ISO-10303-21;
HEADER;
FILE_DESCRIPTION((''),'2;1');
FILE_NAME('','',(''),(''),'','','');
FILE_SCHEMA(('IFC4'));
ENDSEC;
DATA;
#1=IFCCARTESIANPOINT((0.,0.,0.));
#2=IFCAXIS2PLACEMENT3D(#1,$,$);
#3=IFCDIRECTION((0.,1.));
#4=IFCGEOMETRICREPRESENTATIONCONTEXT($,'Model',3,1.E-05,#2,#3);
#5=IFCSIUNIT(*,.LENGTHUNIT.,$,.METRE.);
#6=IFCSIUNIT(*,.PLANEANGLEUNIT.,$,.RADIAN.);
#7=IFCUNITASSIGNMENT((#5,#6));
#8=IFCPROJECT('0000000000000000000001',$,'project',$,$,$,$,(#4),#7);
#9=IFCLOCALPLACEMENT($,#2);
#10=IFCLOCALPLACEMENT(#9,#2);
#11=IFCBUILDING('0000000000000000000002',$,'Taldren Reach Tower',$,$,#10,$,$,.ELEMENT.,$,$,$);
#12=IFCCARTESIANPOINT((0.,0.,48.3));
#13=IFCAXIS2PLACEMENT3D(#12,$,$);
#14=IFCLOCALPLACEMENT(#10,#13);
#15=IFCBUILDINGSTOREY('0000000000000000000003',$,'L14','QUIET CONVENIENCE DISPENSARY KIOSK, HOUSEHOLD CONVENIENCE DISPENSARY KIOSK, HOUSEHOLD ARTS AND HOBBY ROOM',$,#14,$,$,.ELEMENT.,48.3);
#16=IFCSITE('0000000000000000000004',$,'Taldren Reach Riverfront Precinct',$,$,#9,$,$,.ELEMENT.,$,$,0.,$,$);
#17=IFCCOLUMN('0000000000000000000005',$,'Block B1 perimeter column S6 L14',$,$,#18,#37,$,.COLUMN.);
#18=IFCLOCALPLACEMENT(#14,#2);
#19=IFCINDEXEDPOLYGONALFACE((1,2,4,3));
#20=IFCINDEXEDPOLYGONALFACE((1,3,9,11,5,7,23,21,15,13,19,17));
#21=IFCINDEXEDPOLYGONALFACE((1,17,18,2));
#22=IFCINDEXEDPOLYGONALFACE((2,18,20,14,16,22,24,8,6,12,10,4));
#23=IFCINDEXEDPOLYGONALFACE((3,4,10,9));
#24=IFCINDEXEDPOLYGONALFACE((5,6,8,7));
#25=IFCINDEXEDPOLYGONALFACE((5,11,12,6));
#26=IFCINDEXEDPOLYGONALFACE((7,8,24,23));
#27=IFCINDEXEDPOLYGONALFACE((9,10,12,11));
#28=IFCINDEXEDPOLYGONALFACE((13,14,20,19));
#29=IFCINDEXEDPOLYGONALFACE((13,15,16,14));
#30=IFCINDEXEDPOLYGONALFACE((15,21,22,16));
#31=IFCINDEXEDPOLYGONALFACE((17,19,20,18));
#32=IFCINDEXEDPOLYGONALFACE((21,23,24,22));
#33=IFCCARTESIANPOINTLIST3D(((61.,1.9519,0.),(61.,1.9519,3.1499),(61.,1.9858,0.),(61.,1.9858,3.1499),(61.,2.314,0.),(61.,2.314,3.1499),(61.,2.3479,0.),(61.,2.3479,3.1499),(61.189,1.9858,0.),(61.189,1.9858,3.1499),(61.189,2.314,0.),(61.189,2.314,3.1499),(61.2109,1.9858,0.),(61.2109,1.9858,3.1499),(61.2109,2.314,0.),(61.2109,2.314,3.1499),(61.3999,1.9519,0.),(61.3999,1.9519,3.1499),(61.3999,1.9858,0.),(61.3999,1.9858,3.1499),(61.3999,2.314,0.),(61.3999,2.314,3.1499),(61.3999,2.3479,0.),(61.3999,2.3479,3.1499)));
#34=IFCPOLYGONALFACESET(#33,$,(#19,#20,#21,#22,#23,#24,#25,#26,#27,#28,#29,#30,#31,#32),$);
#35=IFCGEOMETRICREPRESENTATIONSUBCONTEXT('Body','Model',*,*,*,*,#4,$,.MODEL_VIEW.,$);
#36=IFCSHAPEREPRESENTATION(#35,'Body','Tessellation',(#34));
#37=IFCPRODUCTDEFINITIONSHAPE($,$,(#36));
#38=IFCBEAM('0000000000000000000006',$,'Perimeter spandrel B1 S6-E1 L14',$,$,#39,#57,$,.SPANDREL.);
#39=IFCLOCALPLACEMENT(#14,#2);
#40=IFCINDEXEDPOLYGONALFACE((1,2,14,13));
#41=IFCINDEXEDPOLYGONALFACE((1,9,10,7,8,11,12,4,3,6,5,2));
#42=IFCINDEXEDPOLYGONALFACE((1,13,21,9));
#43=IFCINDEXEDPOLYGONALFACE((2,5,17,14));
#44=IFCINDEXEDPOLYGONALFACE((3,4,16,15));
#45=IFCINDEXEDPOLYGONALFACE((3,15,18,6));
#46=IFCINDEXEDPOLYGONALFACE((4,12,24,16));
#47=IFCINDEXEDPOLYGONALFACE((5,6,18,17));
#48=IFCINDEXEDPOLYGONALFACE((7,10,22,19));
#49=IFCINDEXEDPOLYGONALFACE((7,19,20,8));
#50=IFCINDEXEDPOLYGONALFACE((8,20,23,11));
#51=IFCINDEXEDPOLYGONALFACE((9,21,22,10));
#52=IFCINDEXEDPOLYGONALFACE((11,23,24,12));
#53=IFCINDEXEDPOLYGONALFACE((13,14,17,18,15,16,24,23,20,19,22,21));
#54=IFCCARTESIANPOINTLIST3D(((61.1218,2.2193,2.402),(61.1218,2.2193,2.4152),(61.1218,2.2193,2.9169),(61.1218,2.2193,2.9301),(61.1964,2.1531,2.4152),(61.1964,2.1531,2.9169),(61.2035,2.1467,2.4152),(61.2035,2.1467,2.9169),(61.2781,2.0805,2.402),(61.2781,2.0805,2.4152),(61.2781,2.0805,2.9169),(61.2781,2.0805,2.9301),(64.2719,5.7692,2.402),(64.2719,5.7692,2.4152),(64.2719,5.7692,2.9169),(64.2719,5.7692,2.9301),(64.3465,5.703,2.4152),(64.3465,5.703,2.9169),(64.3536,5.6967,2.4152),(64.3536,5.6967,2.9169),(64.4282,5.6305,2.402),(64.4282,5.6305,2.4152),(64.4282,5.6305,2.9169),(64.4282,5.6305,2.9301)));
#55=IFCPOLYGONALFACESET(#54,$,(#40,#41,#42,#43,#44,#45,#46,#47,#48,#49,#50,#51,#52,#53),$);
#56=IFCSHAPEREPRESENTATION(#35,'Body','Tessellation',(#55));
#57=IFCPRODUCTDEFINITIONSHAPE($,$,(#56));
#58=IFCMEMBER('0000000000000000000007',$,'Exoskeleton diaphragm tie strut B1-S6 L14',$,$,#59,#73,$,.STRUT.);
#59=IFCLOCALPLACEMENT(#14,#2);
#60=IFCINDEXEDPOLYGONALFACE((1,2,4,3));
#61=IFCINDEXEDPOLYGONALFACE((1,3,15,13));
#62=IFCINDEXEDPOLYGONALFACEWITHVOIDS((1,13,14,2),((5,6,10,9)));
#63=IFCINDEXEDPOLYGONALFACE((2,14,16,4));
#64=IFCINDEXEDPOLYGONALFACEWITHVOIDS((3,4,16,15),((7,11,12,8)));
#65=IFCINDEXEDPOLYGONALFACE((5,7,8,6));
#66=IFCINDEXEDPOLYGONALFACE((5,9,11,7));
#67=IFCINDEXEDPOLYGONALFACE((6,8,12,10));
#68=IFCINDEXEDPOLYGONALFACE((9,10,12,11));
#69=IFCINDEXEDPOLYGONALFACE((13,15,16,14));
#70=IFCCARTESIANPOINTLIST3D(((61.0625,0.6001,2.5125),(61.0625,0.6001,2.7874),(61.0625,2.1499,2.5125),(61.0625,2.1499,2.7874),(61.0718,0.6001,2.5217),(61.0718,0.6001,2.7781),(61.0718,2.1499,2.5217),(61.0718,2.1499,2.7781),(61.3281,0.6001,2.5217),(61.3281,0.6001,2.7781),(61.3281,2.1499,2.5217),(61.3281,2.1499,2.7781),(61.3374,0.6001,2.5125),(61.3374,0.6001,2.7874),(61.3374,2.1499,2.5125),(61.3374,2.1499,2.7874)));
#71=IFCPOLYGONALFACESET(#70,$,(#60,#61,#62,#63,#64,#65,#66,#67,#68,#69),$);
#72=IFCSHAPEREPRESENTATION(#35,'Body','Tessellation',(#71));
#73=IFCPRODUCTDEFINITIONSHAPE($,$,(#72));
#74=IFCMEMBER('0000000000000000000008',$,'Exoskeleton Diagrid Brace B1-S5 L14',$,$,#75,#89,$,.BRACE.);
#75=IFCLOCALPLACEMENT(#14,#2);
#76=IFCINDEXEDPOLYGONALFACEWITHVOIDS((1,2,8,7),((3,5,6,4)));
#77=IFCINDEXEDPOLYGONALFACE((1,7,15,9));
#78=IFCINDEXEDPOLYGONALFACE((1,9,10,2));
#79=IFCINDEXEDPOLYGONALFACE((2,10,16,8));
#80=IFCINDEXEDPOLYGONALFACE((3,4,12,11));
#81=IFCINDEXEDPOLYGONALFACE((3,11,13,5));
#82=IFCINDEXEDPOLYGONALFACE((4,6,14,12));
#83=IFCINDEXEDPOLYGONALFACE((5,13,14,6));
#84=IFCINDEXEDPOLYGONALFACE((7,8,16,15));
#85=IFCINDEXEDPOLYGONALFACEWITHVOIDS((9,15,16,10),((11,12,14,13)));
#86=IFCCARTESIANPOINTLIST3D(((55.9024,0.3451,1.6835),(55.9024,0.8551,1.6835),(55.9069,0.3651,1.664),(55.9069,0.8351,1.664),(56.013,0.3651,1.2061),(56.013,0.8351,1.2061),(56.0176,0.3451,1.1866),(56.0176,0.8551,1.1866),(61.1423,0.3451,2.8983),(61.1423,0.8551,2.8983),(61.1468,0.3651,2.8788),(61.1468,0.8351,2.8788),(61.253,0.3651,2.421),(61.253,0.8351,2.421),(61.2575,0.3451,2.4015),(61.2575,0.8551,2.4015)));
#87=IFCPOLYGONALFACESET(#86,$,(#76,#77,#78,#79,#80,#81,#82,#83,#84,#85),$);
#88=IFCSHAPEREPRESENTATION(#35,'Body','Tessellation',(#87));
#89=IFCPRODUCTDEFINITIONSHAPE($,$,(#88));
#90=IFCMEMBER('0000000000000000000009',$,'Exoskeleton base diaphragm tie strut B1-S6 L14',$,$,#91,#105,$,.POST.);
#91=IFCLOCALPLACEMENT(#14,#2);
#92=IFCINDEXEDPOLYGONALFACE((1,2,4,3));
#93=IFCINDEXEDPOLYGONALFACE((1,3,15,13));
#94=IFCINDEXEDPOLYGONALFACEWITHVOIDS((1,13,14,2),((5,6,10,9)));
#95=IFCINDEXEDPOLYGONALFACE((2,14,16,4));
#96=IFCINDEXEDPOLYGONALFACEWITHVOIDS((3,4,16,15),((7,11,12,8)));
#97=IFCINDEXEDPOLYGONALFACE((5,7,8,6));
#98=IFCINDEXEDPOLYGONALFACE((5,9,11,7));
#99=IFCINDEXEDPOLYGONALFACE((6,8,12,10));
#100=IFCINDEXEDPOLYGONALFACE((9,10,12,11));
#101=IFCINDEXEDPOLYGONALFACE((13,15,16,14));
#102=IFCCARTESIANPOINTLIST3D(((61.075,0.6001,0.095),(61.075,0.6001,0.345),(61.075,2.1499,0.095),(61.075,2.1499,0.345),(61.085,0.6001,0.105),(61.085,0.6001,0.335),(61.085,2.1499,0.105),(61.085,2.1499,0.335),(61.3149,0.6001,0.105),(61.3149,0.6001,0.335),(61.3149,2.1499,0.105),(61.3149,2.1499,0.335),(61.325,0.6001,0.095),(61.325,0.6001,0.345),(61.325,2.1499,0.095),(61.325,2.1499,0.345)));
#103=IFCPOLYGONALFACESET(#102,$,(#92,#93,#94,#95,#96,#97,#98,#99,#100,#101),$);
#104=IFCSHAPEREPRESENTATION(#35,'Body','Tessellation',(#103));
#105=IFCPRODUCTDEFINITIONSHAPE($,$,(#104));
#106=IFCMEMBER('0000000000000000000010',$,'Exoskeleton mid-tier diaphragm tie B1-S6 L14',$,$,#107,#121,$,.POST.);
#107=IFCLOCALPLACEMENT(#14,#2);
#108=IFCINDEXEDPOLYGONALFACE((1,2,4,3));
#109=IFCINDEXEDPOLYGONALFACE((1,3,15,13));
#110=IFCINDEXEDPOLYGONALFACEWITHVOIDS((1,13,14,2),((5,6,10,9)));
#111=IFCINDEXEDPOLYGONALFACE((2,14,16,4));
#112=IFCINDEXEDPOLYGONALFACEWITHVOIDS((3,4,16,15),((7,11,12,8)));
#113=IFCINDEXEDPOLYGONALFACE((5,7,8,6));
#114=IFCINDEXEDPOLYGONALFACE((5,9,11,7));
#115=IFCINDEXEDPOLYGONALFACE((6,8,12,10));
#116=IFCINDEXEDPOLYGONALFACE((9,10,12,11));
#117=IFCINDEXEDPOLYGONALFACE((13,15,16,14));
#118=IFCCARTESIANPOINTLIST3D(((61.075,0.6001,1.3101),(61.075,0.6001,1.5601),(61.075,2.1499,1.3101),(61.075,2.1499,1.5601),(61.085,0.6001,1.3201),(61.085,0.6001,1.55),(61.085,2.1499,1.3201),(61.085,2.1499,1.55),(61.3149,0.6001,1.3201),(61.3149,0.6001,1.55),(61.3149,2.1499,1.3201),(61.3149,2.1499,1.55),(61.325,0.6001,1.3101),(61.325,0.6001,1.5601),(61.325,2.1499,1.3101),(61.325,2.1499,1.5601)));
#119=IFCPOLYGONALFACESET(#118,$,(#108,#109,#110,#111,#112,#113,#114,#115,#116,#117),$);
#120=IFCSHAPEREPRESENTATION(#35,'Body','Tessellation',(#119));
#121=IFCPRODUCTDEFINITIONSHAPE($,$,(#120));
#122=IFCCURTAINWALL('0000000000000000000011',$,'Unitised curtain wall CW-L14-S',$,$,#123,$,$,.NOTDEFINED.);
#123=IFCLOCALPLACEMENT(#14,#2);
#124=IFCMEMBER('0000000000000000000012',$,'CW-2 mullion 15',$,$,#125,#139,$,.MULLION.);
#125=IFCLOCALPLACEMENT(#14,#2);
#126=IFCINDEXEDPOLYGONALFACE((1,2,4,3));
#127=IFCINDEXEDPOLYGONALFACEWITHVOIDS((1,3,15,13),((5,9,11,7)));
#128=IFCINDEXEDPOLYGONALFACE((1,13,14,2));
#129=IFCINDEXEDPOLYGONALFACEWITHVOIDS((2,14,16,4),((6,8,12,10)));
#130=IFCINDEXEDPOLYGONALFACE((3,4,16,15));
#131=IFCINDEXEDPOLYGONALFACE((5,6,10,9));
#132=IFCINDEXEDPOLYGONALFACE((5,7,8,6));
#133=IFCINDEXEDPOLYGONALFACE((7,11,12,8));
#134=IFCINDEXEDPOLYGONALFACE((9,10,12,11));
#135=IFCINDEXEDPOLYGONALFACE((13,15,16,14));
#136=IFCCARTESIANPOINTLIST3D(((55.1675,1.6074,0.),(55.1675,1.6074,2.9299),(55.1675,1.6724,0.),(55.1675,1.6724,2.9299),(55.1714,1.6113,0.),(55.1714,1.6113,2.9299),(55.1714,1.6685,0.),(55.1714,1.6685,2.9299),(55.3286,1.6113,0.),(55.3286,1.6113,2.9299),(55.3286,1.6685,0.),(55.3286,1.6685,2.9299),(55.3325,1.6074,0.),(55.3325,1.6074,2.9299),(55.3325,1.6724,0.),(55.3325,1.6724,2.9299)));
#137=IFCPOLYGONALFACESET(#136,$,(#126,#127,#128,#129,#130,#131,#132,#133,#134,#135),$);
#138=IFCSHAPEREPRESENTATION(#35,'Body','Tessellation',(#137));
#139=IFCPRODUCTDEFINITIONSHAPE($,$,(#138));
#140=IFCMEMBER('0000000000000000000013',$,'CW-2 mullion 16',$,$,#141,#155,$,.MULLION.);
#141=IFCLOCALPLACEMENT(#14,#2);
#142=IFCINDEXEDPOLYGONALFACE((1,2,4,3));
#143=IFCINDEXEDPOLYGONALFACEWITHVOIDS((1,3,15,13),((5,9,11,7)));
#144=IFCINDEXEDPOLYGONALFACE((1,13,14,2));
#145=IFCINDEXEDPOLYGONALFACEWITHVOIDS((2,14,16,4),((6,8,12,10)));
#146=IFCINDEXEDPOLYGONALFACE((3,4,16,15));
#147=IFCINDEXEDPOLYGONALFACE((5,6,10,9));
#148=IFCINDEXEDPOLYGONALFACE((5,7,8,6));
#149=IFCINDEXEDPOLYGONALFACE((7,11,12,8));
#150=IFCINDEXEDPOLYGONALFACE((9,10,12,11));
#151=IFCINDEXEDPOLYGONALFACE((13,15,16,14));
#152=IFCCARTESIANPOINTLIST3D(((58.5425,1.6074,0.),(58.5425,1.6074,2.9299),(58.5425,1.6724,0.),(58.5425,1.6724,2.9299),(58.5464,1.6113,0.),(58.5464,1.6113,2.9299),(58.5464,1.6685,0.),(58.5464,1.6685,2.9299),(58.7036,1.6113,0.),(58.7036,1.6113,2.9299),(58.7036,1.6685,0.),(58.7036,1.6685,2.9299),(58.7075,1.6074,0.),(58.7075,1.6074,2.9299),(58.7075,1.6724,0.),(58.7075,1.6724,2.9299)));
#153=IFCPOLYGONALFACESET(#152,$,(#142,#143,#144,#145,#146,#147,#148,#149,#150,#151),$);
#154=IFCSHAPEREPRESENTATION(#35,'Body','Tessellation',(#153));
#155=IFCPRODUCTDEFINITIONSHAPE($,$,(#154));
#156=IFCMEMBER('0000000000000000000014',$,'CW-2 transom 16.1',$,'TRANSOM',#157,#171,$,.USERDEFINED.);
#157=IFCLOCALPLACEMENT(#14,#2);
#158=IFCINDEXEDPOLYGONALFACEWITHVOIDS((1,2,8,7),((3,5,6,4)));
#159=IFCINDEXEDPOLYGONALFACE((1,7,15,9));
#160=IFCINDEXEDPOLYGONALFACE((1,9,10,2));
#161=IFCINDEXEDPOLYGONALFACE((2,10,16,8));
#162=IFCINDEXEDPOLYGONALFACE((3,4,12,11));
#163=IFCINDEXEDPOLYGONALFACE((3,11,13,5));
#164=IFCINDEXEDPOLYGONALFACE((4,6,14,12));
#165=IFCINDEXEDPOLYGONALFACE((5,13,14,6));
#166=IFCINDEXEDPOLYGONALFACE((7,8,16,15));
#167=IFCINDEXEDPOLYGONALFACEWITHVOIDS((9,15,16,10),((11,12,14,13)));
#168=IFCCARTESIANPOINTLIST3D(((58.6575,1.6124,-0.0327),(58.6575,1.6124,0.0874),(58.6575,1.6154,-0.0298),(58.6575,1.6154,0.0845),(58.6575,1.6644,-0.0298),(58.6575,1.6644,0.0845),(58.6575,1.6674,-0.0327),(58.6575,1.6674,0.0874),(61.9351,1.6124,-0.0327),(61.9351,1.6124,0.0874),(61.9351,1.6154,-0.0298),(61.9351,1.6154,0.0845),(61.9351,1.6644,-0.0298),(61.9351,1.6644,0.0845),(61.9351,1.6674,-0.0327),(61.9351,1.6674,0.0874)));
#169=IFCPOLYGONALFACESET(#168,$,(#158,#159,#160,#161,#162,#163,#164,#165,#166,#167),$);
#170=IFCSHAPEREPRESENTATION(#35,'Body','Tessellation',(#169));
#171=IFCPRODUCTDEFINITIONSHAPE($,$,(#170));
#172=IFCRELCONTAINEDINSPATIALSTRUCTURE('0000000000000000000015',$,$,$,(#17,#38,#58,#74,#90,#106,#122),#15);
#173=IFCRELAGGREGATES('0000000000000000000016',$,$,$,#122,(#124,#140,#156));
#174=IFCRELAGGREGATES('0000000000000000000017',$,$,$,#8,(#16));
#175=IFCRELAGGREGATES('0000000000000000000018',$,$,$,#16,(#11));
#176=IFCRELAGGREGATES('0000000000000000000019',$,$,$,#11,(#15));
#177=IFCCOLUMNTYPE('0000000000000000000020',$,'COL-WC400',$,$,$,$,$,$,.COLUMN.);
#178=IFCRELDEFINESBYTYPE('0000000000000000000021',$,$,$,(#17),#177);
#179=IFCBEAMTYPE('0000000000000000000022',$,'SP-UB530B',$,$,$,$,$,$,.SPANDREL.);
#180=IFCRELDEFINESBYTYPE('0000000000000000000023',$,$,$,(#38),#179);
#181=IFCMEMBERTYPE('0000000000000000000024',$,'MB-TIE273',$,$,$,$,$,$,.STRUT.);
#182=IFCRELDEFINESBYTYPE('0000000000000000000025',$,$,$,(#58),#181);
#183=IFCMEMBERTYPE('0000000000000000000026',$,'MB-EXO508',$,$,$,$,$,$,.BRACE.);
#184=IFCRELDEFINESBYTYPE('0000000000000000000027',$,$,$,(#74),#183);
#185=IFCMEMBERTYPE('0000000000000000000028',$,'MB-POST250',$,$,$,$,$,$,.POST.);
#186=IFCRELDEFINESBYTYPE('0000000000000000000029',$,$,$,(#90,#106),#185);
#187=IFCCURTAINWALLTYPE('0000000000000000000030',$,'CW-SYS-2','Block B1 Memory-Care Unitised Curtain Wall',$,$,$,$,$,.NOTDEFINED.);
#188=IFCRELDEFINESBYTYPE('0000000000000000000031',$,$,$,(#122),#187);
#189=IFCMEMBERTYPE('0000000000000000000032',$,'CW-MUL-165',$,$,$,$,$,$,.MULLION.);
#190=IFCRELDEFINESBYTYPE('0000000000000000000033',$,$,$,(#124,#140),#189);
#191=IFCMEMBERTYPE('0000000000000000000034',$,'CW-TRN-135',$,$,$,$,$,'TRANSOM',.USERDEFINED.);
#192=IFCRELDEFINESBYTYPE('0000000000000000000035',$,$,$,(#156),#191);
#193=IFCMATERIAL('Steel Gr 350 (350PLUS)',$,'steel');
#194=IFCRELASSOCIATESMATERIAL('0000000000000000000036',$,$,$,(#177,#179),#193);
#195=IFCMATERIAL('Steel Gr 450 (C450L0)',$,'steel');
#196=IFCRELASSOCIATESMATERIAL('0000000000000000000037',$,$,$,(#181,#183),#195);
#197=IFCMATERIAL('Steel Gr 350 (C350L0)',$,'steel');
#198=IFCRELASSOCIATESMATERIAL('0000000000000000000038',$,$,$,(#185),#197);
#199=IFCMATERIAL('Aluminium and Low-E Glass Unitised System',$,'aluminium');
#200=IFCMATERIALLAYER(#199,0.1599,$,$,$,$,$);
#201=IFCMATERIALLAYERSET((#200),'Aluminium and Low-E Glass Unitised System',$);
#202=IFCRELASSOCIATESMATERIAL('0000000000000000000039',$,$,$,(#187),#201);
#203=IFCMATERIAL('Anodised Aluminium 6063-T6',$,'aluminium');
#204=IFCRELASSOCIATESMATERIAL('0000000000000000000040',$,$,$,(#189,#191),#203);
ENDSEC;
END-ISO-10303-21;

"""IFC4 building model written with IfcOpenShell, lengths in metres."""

from ifc_helpers import new_model, si_unit, direction, frame, origin, origin_2d, place, context, subcontext, project, spatial, hollow_rectangle, i_section, extrude, source, transform, mapped, material, layer, layer_set, material_profile, profile_set, type_object, element, aggregate, save


model = new_model("IFC4")

# Units and contexts
model_context = context("Model", 3, precision=1e-05, world=origin(), true_north=direction((0.0, 1.0)))
body_context = subcontext(model_context, "Body", "Model", "MODEL_VIEW")
ifc_project = project(units=[si_unit("LENGTHUNIT", "METRE"), si_unit("PLANEANGLEUNIT", "RADIAN")], contexts=[model_context])

# Site, building, storey
site_placement = place(None, origin())
site = spatial("IfcSite", under=ifc_project, at=site_placement, Name="Taldren Reach Riverfront Precinct", CompositionType="ELEMENT", RefElevation=0.0)
building_placement = place(site_placement, origin())
building = spatial("IfcBuilding", under=site, at=building_placement, Name="Taldren Reach Tower", CompositionType="ELEMENT")
storey_placement = place(building_placement, frame((0.0, 0.0, 48.3)))
storey = spatial("IfcBuildingStorey", under=building, at=storey_placement, Name="L14", Description="QUIET CONVENIENCE DISPENSARY KIOSK, HOUSEHOLD CONVENIENCE DISPENSARY KIOSK, HOUSEHOLD ARTS AND HOBBY ROOM", CompositionType="ELEMENT", Elevation=48.3)

# Column
ifc_material_1 = material(Name="Steel Gr 350 (350PLUS)", Category="steel")
ifc_material_profile_1 = material_profile(ifc_material_1, i_section(OverallWidth=0.3999, OverallDepth=0.396, WebThickness=0.022, FlangeThickness=0.0339, at=origin_2d()), Name="400WC270")
ifc_profile_set_1 = profile_set([ifc_material_profile_1], Name="Steel Gr 350 (350PLUS)")
column_type = type_object("IfcColumnType", Name="COL-WC400", PredefinedType="COLUMN", material=ifc_profile_set_1)
shared_shape_1 = source(origin(), body_context, "Body", "SweptSolid", [
    extrude(i_section(OverallWidth=0.3999, OverallDepth=0.396, WebThickness=0.022, FlangeThickness=0.0339, at=origin_2d()), origin(), (0.0, 0.0, 1.0), 3.1499),
])
column_placement = place(storey_placement, frame((61.2, 2.1499, 0.0), z_axis=(0.0, 0.0, 1.0), x_axis=(1.0, 0.0, 0.0)))
element("IfcColumn", 1, at=column_placement, inside=storey, type_object=column_type, Name="Block B1 perimeter column S6 L14", PredefinedType="COLUMN", context=body_context, shape_type="MappedRepresentation", body=[
    mapped(shared_shape_1, transform((0.0, 0.0, 0.0), scale=1.0)),
])

# Beam
ifc_material_profile_2 = material_profile(ifc_material_1, i_section(OverallWidth=0.209, OverallDepth=0.5281, WebThickness=0.0095, FlangeThickness=0.0132, at=origin_2d()), Name="530UB82.0")
ifc_profile_set_2 = profile_set([ifc_material_profile_2], Name="Steel Gr 350 (350PLUS)")
beam_type = type_object("IfcBeamType", Name="SP-UB530B", PredefinedType="SPANDREL", material=ifc_profile_set_2)
shared_shape_2 = source(origin(), body_context, "Body", "SweptSolid", [
    extrude(i_section(OverallWidth=0.209, OverallDepth=0.5281, WebThickness=0.0095, FlangeThickness=0.0132, at=origin_2d()), origin(), (0.0, 0.0, 1.0), 4.7461),
])
beam_placement = place(storey_placement, frame((61.2, 2.1499, 2.666), z_axis=(0.663722, 0.747979, 0.0), x_axis=(-0.747979, 0.663722, 0.0)))
element("IfcBeam", 2, at=beam_placement, inside=storey, type_object=beam_type, Name="Perimeter spandrel B1 S6-E1 L14", PredefinedType="SPANDREL", context=body_context, shape_type="MappedRepresentation", body=[
    mapped(shared_shape_2, transform((0.0, 0.0, 0.0), scale=1.0)),
])

# Members
ifc_material_2 = material(Name="Steel Gr 450 (C450L0)", Category="steel")
ifc_material_profile_3 = material_profile(ifc_material_2, hollow_rectangle(XDim=0.2749, YDim=0.2749, WallThickness=0.0093, at=origin_2d()), Name="275x275x9.3SHS")
ifc_profile_set_3 = profile_set([ifc_material_profile_3], Name="Steel Gr 450 (C450L0)")
member_type_1 = type_object("IfcMemberType", Name="MB-TIE273", PredefinedType="STRUT", material=ifc_profile_set_3)
shared_shape_3 = source(origin(), body_context, "Body", "SweptSolid", [
    extrude(hollow_rectangle(XDim=0.2749, YDim=0.2749, WallThickness=0.0093, at=origin_2d()), origin(), (0.0, 0.0, 1.0), 1.5498),
])
member_1_placement = place(storey_placement, frame((61.2, 2.1499, 2.6499), z_axis=(0.0, -1.0, 0.0), x_axis=(1.0, 0.0, 0.0)))
element("IfcMember", 3, at=member_1_placement, inside=storey, type_object=member_type_1, Name="Exoskeleton diaphragm tie strut B1-S6 L14", PredefinedType="STRUT", context=body_context, shape_type="MappedRepresentation", body=[
    mapped(shared_shape_3, transform((0.0, 0.0, 0.0), scale=1.0)),
])
ifc_material_profile_4 = material_profile(ifc_material_2, hollow_rectangle(XDim=0.51, YDim=0.51, WallThickness=0.02, at=origin_2d()), Name="510x510x20.0SHS")
ifc_profile_set_4 = profile_set([ifc_material_profile_4], Name="Steel Gr 450 (C450L0)")
member_type_2 = type_object("IfcMemberType", Name="MB-EXO508", PredefinedType="BRACE", material=ifc_profile_set_4)
shared_shape_4 = source(origin(), body_context, "Body", "SweptSolid", [
    extrude(hollow_rectangle(XDim=0.51, YDim=0.51, WallThickness=0.02, at=origin_2d()), origin(), (0.0, 0.0, 1.0), 5.3789),
])
member_2_placement = place(storey_placement, frame((55.96, 0.6001, 1.4351), z_axis=(0.974162, 0.0, 0.225851), x_axis=(0.0, 1.0, 0.0)))
element("IfcMember", 4, at=member_2_placement, inside=storey, type_object=member_type_2, Name="Exoskeleton Diagrid Brace B1-S5 L14", PredefinedType="BRACE", context=body_context, shape_type="MappedRepresentation", body=[
    mapped(shared_shape_4, transform((0.0, 0.0, 0.0), scale=1.0)),
])
ifc_material_3 = material(Name="Steel Gr 350 (C350L0)", Category="steel")
ifc_material_profile_5 = material_profile(ifc_material_3, hollow_rectangle(XDim=0.25, YDim=0.25, WallThickness=0.01, at=origin_2d()), Name="250x250x10.0SHS")
ifc_profile_set_5 = profile_set([ifc_material_profile_5], Name="Steel Gr 350 (C350L0)")
member_type_3 = type_object("IfcMemberType", Name="MB-POST250", PredefinedType="POST", material=ifc_profile_set_5)
shared_shape_5 = source(origin(), body_context, "Body", "SweptSolid", [
    extrude(hollow_rectangle(XDim=0.25, YDim=0.25, WallThickness=0.01, at=origin_2d()), origin(), (0.0, 0.0, 1.0), 1.5498),
])
for number, where, z_axis, x_axis, name in (
    (5, (61.2, 2.1499, 0.22), (0.0, -1.0, 0.0), (1.0, 0.0, 0.0), "Exoskeleton base diaphragm tie strut B1-S6 L14"),
    (6, (61.2, 2.1499, 1.4351), (0.0, -1.0, 0.0), (1.0, 0.0, 0.0), "Exoskeleton mid-tier diaphragm tie B1-S6 L14"),
):
    element("IfcMember", number, at=place(storey_placement, frame(where, z_axis=z_axis, x_axis=x_axis)), inside=storey, type_object=member_type_3, Name=name, PredefinedType="POST", context=body_context, shape_type="MappedRepresentation", body=[
        mapped(shared_shape_5, transform((0.0, 0.0, 0.0), scale=1.0)),
    ])

# Curtain wall, members
ifc_material_4 = material(Name="Aluminium and Low-E Glass Unitised System", Category="aluminium")
ifc_layer_1 = layer(ifc_material_4, 0.1599)
ifc_layer_set_1 = layer_set([ifc_layer_1], Name="Aluminium and Low-E Glass Unitised System")
curtain_wall_type = type_object("IfcCurtainWallType", Name="CW-SYS-2", Description="Block B1 Memory-Care Unitised Curtain Wall", PredefinedType="NOTDEFINED", material=ifc_layer_set_1)
curtain_wall_placement = place(storey_placement, origin())
curtain_wall = element("IfcCurtainWall", 7, at=curtain_wall_placement, inside=storey, type_object=curtain_wall_type, Name="Unitised curtain wall CW-L14-S", PredefinedType="NOTDEFINED")
ifc_material_5 = material(Name="Anodised Aluminium 6063-T6", Category="aluminium")
ifc_material_profile_6 = material_profile(ifc_material_5, hollow_rectangle(XDim=0.0649, YDim=0.165, WallThickness=0.0039, at=origin_2d()), Name="ALU-165x65x4RHS")
ifc_profile_set_6 = profile_set([ifc_material_profile_6], Name="Anodised Aluminium 6063-T6")
member_type_4 = type_object("IfcMemberType", Name="CW-MUL-165", PredefinedType="MULLION", material=ifc_profile_set_6)
shared_shape_6 = source(origin(), body_context, "Body", "SweptSolid", [
    extrude(hollow_rectangle(XDim=0.0649, YDim=0.165, WallThickness=0.0039, at=origin_2d()), origin(), (0.0, 0.0, 1.0), 2.9299),
])
member_3_placement = place(storey_placement, frame((55.25, 1.6399, 0.0), z_axis=(0.0, 0.0, 1.0), x_axis=(0.0, 1.0, 0.0)))
member_3 = element("IfcMember", 8, at=member_3_placement, type_object=member_type_4, Name="CW-2 mullion 15", PredefinedType="MULLION", context=body_context, shape_type="MappedRepresentation", body=[
    mapped(shared_shape_6, transform((0.0, 0.0, 0.0), scale=1.0)),
])
member_4_placement = place(storey_placement, frame((58.625, 1.6399, 0.0), z_axis=(0.0, 0.0, 1.0), x_axis=(0.0, 1.0, 0.0)))
member_4 = element("IfcMember", 9, at=member_4_placement, type_object=member_type_4, Name="CW-2 mullion 16", PredefinedType="MULLION", context=body_context, shape_type="MappedRepresentation", body=[
    mapped(shared_shape_6, transform((0.0, 0.0, 0.0), scale=1.0)),
])
ifc_material_profile_7 = material_profile(ifc_material_5, hollow_rectangle(XDim=0.0549, YDim=0.1201, WallThickness=0.0029, at=origin_2d()), Name="ALU-120x55x3RHS")
ifc_profile_set_7 = profile_set([ifc_material_profile_7], Name="Anodised Aluminium 6063-T6")
member_type_5 = type_object("IfcMemberType", Name="CW-TRN-135", ElementType="TRANSOM", PredefinedType="USERDEFINED", material=ifc_profile_set_7)
shared_shape_7 = source(origin(), body_context, "Body", "SweptSolid", [
    extrude(hollow_rectangle(XDim=0.0549, YDim=0.1201, WallThickness=0.0029, at=origin_2d()), origin(), (0.0, 0.0, 1.0), 3.2776),
])
member_5_placement = place(storey_placement, frame((58.6575, 1.6399, 0.0273), z_axis=(1.0, 0.0, 0.0), x_axis=(0.0, 1.0, 0.0)))
member_5 = element("IfcMember", 10, at=member_5_placement, type_object=member_type_5, Name="CW-2 transom 16.1", ObjectType="TRANSOM", PredefinedType="USERDEFINED", context=body_context, shape_type="MappedRepresentation", body=[
    mapped(shared_shape_7, transform((0.0, 0.0, 0.0), scale=1.0)),
])

aggregate(curtain_wall, [member_3, member_4, member_5])

save(model, "model.ifc")
